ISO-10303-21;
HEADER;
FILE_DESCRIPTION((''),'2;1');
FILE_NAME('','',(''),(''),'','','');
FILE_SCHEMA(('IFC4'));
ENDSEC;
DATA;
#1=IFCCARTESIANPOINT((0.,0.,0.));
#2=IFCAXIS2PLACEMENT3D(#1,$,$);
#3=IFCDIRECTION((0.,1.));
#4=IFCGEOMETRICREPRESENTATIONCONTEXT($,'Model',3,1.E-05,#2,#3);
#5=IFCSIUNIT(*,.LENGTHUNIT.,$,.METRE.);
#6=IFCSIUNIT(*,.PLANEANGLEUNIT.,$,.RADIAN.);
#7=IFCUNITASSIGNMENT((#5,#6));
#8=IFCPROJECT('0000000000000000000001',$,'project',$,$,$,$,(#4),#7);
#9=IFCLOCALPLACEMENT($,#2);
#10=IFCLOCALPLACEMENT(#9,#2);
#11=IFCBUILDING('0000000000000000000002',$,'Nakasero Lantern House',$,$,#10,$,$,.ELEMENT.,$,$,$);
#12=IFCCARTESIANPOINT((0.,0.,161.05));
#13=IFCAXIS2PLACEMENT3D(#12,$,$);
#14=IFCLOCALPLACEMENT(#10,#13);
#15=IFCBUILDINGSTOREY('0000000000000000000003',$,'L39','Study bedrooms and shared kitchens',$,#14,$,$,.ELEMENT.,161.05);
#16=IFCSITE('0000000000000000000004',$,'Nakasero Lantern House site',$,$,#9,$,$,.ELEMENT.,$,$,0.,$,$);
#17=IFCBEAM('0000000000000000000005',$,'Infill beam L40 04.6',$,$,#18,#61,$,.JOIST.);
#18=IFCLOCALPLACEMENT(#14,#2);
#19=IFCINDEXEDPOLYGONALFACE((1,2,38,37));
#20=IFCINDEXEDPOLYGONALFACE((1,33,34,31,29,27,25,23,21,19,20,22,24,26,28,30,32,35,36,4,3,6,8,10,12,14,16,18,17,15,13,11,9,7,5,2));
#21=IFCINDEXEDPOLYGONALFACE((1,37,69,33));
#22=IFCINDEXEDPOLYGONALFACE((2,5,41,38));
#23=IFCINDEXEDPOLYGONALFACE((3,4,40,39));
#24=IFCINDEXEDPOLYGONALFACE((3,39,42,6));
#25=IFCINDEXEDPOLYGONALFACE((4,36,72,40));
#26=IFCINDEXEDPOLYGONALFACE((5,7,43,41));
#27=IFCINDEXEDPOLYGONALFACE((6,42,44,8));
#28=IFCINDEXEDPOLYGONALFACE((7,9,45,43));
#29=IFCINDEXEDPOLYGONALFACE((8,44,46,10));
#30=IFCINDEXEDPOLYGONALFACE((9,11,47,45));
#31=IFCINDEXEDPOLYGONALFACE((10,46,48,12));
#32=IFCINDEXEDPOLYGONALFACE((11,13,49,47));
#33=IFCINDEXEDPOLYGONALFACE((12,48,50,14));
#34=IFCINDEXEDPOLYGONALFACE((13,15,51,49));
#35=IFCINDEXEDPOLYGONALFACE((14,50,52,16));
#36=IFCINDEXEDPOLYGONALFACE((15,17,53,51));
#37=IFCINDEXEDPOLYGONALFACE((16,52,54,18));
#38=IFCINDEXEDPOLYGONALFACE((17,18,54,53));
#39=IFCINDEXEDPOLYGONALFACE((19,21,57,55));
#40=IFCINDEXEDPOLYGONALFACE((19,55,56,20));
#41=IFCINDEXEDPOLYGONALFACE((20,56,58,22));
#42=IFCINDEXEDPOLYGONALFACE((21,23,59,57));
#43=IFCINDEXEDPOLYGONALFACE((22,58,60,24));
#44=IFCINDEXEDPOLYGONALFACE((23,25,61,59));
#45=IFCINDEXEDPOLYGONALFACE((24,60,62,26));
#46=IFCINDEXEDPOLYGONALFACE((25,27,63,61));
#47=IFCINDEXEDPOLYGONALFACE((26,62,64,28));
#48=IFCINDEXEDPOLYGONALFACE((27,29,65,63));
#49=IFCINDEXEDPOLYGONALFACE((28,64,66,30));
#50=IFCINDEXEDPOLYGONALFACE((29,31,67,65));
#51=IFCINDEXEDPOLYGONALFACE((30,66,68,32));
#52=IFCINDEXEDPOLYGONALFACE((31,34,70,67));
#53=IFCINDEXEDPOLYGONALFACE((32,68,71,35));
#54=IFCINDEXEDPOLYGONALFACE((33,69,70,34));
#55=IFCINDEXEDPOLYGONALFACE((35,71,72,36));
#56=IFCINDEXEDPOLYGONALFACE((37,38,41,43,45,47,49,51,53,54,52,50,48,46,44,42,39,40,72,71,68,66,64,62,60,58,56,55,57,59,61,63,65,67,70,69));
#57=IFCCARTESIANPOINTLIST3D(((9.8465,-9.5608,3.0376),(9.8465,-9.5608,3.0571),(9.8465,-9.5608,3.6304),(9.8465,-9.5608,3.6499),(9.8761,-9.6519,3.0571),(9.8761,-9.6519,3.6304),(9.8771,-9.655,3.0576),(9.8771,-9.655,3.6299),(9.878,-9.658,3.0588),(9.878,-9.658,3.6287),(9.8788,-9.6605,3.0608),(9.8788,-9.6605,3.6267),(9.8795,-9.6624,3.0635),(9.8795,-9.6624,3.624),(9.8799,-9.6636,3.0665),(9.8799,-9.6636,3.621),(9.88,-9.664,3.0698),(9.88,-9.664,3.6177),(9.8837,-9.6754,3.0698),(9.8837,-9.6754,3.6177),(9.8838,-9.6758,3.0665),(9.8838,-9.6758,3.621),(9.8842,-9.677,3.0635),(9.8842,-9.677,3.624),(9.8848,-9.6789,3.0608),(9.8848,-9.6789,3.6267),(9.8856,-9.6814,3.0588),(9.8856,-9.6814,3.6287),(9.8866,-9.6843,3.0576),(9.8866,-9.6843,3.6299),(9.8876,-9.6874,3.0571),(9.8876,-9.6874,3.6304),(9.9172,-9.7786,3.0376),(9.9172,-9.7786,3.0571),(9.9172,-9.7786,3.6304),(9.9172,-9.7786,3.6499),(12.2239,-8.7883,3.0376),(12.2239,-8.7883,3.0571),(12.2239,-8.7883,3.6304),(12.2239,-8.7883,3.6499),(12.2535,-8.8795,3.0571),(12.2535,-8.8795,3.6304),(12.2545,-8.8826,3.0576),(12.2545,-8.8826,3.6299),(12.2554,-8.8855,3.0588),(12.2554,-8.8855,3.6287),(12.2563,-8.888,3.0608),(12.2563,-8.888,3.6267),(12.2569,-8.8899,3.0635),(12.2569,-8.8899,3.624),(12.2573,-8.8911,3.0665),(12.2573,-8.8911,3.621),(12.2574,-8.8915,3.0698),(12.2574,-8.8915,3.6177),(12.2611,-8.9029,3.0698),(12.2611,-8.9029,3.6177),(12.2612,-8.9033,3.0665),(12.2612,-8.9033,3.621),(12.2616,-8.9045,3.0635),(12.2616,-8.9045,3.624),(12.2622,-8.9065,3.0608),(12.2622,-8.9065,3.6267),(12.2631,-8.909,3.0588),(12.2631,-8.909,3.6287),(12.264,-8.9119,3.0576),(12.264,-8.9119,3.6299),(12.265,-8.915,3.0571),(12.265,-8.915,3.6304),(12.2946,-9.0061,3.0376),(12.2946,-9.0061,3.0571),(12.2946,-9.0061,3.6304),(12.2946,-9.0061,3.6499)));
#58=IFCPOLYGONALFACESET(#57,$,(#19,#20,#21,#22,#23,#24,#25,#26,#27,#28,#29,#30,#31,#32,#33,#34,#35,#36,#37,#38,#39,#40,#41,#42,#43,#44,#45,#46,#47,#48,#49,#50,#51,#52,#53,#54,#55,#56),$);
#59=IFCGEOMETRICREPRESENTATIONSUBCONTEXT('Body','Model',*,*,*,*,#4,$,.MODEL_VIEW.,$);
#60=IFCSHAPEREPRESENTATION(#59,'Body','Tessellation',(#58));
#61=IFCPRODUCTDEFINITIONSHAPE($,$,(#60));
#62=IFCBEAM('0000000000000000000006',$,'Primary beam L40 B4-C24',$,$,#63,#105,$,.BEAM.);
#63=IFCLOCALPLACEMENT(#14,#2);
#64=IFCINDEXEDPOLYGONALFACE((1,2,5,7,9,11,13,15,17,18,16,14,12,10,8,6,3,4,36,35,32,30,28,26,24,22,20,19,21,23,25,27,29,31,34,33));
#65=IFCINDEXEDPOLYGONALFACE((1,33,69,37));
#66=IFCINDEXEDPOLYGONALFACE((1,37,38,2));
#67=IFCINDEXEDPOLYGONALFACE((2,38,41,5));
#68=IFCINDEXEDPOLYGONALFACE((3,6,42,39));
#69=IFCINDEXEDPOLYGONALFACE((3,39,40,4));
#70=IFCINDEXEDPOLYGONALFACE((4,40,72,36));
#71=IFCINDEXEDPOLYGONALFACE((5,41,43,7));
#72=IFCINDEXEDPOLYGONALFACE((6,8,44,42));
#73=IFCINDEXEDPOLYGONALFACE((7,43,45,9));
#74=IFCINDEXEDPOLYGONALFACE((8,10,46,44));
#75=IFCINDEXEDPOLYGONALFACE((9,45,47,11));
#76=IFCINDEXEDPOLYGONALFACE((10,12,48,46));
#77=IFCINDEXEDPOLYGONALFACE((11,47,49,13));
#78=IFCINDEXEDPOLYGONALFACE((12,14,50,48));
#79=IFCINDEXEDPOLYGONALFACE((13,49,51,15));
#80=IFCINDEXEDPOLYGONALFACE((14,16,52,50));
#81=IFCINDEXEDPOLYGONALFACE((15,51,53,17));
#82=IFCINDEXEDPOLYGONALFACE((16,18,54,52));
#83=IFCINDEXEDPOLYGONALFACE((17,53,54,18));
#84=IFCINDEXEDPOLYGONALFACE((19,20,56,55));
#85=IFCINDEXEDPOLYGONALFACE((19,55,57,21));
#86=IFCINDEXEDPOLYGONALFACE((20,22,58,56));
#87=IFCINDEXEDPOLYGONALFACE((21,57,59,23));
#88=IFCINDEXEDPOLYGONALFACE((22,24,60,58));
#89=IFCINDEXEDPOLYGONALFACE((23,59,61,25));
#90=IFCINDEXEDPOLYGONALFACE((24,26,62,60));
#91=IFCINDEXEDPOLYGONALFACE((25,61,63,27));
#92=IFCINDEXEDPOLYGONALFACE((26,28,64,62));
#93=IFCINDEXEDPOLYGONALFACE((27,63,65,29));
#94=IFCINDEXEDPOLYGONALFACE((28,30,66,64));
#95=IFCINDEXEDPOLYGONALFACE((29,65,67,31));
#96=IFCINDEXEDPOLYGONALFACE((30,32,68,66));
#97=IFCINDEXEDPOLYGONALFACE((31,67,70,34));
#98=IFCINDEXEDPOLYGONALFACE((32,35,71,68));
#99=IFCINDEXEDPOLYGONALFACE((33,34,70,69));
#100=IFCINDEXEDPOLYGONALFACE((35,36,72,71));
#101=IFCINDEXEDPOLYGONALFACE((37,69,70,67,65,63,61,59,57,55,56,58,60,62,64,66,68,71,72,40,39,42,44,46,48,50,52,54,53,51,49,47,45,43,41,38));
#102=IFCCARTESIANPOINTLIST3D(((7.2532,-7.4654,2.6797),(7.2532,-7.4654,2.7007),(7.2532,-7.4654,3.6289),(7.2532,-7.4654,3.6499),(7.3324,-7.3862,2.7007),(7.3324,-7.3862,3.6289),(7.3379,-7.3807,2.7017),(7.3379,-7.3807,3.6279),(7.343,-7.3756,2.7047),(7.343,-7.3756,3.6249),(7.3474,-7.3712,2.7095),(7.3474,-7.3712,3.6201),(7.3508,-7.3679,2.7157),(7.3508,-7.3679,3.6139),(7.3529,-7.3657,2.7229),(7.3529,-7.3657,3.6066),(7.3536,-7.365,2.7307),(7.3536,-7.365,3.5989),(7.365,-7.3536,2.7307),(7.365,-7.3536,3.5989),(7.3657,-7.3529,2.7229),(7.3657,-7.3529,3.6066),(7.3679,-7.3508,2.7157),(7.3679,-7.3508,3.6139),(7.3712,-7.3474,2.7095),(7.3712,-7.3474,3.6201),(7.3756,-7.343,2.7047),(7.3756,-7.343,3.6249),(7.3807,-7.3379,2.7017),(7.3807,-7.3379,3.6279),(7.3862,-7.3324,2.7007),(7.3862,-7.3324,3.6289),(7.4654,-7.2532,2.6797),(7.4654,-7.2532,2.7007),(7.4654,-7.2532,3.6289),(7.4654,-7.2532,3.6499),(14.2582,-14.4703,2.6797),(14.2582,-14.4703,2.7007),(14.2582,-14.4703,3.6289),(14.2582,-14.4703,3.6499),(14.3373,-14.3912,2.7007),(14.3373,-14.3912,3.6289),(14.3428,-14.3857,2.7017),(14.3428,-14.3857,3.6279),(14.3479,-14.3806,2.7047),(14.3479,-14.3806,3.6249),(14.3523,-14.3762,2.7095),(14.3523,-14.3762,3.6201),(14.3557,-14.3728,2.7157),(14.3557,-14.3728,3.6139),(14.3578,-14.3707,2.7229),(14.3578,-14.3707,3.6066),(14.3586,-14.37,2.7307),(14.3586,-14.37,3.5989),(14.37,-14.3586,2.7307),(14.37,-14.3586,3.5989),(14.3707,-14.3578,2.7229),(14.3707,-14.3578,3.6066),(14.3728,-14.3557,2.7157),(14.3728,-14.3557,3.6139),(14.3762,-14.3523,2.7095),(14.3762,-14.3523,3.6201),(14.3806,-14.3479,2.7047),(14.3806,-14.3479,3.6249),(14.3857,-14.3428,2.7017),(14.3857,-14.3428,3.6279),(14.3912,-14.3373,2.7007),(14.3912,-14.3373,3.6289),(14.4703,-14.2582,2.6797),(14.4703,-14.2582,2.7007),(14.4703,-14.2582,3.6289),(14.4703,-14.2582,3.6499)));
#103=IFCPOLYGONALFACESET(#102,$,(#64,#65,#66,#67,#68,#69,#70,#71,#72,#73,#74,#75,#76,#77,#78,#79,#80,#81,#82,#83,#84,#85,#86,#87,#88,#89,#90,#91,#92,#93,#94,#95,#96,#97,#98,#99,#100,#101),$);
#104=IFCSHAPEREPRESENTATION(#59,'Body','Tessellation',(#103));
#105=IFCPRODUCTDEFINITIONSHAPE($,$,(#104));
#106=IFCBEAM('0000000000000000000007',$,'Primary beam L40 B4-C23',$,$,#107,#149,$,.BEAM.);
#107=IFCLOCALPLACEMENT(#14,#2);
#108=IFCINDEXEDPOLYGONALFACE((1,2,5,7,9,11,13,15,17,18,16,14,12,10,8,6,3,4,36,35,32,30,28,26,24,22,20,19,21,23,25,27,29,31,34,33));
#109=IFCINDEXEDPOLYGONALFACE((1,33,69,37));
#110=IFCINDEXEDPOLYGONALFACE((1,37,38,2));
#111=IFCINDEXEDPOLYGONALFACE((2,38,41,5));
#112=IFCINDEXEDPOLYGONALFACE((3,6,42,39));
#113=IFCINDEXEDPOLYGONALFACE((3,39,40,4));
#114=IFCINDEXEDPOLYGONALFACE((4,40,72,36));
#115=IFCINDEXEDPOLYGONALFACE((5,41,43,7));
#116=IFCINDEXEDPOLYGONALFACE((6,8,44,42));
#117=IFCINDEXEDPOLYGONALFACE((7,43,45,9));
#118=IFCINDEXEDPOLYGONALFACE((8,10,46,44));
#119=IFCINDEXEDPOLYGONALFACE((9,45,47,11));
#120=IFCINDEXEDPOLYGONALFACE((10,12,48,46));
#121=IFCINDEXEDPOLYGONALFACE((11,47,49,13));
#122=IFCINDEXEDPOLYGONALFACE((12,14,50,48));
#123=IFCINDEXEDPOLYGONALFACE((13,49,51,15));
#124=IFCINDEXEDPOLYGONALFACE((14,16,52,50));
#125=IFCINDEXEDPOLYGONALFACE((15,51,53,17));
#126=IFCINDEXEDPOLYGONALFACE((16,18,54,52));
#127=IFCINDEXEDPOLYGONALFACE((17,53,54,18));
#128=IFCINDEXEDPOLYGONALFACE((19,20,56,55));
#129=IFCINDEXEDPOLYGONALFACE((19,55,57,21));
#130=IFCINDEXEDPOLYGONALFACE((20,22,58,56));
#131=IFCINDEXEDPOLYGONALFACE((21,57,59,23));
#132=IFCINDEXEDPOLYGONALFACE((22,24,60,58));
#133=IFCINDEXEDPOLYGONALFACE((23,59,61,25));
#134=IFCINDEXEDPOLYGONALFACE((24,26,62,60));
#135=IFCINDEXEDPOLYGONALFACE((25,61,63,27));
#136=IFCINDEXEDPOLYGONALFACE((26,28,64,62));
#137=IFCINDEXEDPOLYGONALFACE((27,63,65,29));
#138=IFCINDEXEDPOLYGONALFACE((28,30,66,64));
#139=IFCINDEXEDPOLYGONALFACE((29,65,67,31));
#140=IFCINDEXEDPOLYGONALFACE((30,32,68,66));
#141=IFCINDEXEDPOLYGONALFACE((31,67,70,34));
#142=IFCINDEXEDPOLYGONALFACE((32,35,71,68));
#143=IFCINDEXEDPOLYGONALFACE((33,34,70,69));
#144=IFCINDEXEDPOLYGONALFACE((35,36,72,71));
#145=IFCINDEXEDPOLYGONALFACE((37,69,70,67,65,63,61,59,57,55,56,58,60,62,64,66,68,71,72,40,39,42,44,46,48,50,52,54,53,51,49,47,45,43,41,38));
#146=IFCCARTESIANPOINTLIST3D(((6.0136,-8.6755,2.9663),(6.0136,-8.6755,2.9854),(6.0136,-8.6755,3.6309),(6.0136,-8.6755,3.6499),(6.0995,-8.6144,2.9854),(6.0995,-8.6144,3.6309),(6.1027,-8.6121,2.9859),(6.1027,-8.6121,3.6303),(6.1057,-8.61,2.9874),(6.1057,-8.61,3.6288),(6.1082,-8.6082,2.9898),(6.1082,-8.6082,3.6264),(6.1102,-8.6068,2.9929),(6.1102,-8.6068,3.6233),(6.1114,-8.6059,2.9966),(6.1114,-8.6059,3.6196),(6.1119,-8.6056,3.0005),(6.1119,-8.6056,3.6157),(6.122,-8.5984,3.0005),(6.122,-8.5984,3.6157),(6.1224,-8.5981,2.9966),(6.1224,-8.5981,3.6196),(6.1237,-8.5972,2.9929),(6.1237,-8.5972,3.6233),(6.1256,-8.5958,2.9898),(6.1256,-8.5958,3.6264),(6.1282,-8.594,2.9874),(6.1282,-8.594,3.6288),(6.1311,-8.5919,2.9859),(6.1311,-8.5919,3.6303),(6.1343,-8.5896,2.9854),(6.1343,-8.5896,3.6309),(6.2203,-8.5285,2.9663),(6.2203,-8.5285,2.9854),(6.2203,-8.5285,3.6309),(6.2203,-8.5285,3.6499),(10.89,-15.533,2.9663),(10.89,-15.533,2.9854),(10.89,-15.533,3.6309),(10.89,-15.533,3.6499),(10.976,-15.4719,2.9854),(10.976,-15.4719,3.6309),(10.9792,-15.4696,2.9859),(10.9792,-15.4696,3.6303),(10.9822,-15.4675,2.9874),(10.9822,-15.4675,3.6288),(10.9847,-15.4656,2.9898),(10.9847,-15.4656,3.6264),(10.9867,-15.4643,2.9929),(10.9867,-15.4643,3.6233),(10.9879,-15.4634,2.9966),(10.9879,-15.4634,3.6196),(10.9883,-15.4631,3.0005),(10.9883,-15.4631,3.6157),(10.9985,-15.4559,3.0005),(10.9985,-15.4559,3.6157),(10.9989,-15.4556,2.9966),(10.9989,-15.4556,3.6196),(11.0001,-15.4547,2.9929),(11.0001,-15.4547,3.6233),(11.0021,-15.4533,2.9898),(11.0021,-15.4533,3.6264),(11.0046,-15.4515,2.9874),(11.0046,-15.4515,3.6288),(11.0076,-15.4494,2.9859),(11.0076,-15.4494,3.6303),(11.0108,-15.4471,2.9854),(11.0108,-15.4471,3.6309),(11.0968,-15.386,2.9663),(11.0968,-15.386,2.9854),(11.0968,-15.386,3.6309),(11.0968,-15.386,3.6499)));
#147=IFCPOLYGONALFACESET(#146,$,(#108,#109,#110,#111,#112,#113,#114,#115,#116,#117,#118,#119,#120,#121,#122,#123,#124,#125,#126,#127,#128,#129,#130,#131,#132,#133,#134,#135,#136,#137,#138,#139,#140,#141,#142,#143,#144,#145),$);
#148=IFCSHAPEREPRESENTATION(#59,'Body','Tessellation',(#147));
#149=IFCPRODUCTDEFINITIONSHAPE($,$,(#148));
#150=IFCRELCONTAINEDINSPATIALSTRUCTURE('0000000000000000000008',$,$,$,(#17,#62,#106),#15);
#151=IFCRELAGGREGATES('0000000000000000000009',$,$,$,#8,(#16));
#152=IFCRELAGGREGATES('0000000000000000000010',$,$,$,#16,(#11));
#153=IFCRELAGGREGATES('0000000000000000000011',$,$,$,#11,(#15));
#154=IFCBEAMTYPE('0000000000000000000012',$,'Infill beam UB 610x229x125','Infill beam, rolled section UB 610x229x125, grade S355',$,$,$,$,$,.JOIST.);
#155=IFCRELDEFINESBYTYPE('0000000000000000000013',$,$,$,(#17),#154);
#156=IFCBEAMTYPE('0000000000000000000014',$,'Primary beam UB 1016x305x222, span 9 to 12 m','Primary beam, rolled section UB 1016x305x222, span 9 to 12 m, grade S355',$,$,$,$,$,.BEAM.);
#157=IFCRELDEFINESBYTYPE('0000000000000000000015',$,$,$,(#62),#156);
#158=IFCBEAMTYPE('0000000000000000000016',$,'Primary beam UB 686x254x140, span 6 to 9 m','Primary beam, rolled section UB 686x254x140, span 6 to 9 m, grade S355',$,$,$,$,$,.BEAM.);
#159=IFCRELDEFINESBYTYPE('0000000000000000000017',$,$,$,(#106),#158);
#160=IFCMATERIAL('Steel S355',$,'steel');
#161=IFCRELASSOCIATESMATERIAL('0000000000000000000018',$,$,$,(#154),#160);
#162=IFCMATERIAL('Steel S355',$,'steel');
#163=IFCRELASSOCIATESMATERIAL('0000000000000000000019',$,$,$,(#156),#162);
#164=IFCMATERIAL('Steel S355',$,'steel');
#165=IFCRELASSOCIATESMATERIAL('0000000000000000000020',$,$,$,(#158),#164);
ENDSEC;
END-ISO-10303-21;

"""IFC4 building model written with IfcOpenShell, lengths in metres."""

from ifc_helpers import new_model, si_unit, direction, frame, origin, origin_2d, place, context, subcontext, project, spatial, i_section, extrude, material, material_profile, profile_set, type_object, element, save


model = new_model("IFC4")

# Units and contexts
model_context = context("Model", 3, precision=1e-05, world=origin(), true_north=direction((0.0, 1.0)))
body_context = subcontext(model_context, "Body", "Model", "MODEL_VIEW")
ifc_project = project(units=[si_unit("LENGTHUNIT", "METRE"), si_unit("PLANEANGLEUNIT", "RADIAN")], contexts=[model_context])

# Site, building, storey
site_placement = place(None, origin())
site = spatial("IfcSite", under=ifc_project, at=site_placement, Name="Nakasero Lantern House site", CompositionType="ELEMENT", RefElevation=0.0)
building_placement = place(site_placement, origin())
building = spatial("IfcBuilding", under=site, at=building_placement, Name="Nakasero Lantern House", CompositionType="ELEMENT")
storey_placement = place(building_placement, frame((0.0, 0.0, 161.05)))
storey = spatial("IfcBuildingStorey", under=building, at=storey_placement, Name="L39", Description="Study bedrooms and shared kitchens", CompositionType="ELEMENT", Elevation=161.05)

# Beams
ifc_material_1 = material(Name="Steel S355", Category="steel")
ifc_material_profile_1 = material_profile(ifc_material_1, i_section(OverallWidth=0.229, OverallDepth=0.6123, WebThickness=0.012, FlangeThickness=0.0195, FilletRadius=0.0127, at=origin_2d()), Name="UB 610x229x125")
ifc_profile_set_1 = profile_set([ifc_material_profile_1], Name="Steel S355")
beam_type_1 = type_object("IfcBeamType", Name="Infill beam UB 610x229x125", Description="Infill beam, rolled section UB 610x229x125, grade S355", PredefinedType="JOIST", material=ifc_profile_set_1)
beam_1_placement = place(storey_placement, frame((9.8818, -9.6697, 3.3438), z_axis=(0.951058, 0.309011, 0.0), x_axis=(-0.309011, 0.951058, 0.0)))
element("IfcBeam", 1, at=beam_1_placement, inside=storey, type_object=beam_type_1, Name="Infill beam L40 04.6", PredefinedType="JOIST", context=body_context, shape_type="SweptSolid", body=[
    extrude(i_section(OverallWidth=0.229, OverallDepth=0.6123, WebThickness=0.012, FlangeThickness=0.0195, FilletRadius=0.0127, at=origin_2d()), origin(), (0.0, 0.0, 1.0), 2.4998),
])
ifc_material_2 = material(Name="Steel S355", Category="steel")
ifc_material_profile_2 = material_profile(ifc_material_2, i_section(OverallWidth=0.3, OverallDepth=0.9702, WebThickness=0.0161, FlangeThickness=0.021, FilletRadius=0.03, at=origin_2d()), Name="UB 1016x305x222")
ifc_profile_set_2 = profile_set([ifc_material_profile_2], Name="Steel S355")
beam_type_2 = type_object("IfcBeamType", Name="Primary beam UB 1016x305x222, span 9 to 12 m", Description="Primary beam, rolled section UB 1016x305x222, span 9 to 12 m, grade S355", PredefinedType="BEAM", material=ifc_profile_set_2)
beam_2_placement = place(storey_placement, frame((14.3643, -14.3643, 3.1648), z_axis=(-0.707107, 0.707107, 0.0), x_axis=(-0.707107, -0.707107, 0.0)))
element("IfcBeam", 2, at=beam_2_placement, inside=storey, type_object=beam_type_2, Name="Primary beam L40 B4-C24", PredefinedType="BEAM", context=body_context, shape_type="SweptSolid", body=[
    extrude(i_section(OverallWidth=0.3, OverallDepth=0.9702, WebThickness=0.0161, FlangeThickness=0.021, FilletRadius=0.03, at=origin_2d()), origin(), (0.0, 0.0, 1.0), 9.9065),
])
ifc_material_3 = material(Name="Steel S355", Category="steel")
ifc_material_profile_3 = material_profile(ifc_material_3, i_section(OverallWidth=0.2537, OverallDepth=0.6836, WebThickness=0.0125, FlangeThickness=0.019, FilletRadius=0.0151, at=origin_2d()), Name="UB 686x254x140")
ifc_profile_set_3 = profile_set([ifc_material_profile_3], Name="Steel S355")
beam_type_3 = type_object("IfcBeamType", Name="Primary beam UB 686x254x140, span 6 to 9 m", Description="Primary beam, rolled section UB 686x254x140, span 6 to 9 m, grade S355", PredefinedType="BEAM", material=ifc_profile_set_3)
beam_3_placement = place(storey_placement, frame((10.9934, -15.4595, 3.3081), z_axis=(-0.57953, 0.814951, 0.0), x_axis=(-0.814951, -0.57953, 0.0)))
element("IfcBeam", 3, at=beam_3_placement, inside=storey, type_object=beam_type_3, Name="Primary beam L40 B4-C23", PredefinedType="BEAM", context=body_context, shape_type="SweptSolid", body=[
    extrude(i_section(OverallWidth=0.2537, OverallDepth=0.6836, WebThickness=0.0125, FlangeThickness=0.019, FilletRadius=0.0151, at=origin_2d()), origin(), (0.0, 0.0, 1.0), 8.4146),
])

save(model, "model.ifc")
